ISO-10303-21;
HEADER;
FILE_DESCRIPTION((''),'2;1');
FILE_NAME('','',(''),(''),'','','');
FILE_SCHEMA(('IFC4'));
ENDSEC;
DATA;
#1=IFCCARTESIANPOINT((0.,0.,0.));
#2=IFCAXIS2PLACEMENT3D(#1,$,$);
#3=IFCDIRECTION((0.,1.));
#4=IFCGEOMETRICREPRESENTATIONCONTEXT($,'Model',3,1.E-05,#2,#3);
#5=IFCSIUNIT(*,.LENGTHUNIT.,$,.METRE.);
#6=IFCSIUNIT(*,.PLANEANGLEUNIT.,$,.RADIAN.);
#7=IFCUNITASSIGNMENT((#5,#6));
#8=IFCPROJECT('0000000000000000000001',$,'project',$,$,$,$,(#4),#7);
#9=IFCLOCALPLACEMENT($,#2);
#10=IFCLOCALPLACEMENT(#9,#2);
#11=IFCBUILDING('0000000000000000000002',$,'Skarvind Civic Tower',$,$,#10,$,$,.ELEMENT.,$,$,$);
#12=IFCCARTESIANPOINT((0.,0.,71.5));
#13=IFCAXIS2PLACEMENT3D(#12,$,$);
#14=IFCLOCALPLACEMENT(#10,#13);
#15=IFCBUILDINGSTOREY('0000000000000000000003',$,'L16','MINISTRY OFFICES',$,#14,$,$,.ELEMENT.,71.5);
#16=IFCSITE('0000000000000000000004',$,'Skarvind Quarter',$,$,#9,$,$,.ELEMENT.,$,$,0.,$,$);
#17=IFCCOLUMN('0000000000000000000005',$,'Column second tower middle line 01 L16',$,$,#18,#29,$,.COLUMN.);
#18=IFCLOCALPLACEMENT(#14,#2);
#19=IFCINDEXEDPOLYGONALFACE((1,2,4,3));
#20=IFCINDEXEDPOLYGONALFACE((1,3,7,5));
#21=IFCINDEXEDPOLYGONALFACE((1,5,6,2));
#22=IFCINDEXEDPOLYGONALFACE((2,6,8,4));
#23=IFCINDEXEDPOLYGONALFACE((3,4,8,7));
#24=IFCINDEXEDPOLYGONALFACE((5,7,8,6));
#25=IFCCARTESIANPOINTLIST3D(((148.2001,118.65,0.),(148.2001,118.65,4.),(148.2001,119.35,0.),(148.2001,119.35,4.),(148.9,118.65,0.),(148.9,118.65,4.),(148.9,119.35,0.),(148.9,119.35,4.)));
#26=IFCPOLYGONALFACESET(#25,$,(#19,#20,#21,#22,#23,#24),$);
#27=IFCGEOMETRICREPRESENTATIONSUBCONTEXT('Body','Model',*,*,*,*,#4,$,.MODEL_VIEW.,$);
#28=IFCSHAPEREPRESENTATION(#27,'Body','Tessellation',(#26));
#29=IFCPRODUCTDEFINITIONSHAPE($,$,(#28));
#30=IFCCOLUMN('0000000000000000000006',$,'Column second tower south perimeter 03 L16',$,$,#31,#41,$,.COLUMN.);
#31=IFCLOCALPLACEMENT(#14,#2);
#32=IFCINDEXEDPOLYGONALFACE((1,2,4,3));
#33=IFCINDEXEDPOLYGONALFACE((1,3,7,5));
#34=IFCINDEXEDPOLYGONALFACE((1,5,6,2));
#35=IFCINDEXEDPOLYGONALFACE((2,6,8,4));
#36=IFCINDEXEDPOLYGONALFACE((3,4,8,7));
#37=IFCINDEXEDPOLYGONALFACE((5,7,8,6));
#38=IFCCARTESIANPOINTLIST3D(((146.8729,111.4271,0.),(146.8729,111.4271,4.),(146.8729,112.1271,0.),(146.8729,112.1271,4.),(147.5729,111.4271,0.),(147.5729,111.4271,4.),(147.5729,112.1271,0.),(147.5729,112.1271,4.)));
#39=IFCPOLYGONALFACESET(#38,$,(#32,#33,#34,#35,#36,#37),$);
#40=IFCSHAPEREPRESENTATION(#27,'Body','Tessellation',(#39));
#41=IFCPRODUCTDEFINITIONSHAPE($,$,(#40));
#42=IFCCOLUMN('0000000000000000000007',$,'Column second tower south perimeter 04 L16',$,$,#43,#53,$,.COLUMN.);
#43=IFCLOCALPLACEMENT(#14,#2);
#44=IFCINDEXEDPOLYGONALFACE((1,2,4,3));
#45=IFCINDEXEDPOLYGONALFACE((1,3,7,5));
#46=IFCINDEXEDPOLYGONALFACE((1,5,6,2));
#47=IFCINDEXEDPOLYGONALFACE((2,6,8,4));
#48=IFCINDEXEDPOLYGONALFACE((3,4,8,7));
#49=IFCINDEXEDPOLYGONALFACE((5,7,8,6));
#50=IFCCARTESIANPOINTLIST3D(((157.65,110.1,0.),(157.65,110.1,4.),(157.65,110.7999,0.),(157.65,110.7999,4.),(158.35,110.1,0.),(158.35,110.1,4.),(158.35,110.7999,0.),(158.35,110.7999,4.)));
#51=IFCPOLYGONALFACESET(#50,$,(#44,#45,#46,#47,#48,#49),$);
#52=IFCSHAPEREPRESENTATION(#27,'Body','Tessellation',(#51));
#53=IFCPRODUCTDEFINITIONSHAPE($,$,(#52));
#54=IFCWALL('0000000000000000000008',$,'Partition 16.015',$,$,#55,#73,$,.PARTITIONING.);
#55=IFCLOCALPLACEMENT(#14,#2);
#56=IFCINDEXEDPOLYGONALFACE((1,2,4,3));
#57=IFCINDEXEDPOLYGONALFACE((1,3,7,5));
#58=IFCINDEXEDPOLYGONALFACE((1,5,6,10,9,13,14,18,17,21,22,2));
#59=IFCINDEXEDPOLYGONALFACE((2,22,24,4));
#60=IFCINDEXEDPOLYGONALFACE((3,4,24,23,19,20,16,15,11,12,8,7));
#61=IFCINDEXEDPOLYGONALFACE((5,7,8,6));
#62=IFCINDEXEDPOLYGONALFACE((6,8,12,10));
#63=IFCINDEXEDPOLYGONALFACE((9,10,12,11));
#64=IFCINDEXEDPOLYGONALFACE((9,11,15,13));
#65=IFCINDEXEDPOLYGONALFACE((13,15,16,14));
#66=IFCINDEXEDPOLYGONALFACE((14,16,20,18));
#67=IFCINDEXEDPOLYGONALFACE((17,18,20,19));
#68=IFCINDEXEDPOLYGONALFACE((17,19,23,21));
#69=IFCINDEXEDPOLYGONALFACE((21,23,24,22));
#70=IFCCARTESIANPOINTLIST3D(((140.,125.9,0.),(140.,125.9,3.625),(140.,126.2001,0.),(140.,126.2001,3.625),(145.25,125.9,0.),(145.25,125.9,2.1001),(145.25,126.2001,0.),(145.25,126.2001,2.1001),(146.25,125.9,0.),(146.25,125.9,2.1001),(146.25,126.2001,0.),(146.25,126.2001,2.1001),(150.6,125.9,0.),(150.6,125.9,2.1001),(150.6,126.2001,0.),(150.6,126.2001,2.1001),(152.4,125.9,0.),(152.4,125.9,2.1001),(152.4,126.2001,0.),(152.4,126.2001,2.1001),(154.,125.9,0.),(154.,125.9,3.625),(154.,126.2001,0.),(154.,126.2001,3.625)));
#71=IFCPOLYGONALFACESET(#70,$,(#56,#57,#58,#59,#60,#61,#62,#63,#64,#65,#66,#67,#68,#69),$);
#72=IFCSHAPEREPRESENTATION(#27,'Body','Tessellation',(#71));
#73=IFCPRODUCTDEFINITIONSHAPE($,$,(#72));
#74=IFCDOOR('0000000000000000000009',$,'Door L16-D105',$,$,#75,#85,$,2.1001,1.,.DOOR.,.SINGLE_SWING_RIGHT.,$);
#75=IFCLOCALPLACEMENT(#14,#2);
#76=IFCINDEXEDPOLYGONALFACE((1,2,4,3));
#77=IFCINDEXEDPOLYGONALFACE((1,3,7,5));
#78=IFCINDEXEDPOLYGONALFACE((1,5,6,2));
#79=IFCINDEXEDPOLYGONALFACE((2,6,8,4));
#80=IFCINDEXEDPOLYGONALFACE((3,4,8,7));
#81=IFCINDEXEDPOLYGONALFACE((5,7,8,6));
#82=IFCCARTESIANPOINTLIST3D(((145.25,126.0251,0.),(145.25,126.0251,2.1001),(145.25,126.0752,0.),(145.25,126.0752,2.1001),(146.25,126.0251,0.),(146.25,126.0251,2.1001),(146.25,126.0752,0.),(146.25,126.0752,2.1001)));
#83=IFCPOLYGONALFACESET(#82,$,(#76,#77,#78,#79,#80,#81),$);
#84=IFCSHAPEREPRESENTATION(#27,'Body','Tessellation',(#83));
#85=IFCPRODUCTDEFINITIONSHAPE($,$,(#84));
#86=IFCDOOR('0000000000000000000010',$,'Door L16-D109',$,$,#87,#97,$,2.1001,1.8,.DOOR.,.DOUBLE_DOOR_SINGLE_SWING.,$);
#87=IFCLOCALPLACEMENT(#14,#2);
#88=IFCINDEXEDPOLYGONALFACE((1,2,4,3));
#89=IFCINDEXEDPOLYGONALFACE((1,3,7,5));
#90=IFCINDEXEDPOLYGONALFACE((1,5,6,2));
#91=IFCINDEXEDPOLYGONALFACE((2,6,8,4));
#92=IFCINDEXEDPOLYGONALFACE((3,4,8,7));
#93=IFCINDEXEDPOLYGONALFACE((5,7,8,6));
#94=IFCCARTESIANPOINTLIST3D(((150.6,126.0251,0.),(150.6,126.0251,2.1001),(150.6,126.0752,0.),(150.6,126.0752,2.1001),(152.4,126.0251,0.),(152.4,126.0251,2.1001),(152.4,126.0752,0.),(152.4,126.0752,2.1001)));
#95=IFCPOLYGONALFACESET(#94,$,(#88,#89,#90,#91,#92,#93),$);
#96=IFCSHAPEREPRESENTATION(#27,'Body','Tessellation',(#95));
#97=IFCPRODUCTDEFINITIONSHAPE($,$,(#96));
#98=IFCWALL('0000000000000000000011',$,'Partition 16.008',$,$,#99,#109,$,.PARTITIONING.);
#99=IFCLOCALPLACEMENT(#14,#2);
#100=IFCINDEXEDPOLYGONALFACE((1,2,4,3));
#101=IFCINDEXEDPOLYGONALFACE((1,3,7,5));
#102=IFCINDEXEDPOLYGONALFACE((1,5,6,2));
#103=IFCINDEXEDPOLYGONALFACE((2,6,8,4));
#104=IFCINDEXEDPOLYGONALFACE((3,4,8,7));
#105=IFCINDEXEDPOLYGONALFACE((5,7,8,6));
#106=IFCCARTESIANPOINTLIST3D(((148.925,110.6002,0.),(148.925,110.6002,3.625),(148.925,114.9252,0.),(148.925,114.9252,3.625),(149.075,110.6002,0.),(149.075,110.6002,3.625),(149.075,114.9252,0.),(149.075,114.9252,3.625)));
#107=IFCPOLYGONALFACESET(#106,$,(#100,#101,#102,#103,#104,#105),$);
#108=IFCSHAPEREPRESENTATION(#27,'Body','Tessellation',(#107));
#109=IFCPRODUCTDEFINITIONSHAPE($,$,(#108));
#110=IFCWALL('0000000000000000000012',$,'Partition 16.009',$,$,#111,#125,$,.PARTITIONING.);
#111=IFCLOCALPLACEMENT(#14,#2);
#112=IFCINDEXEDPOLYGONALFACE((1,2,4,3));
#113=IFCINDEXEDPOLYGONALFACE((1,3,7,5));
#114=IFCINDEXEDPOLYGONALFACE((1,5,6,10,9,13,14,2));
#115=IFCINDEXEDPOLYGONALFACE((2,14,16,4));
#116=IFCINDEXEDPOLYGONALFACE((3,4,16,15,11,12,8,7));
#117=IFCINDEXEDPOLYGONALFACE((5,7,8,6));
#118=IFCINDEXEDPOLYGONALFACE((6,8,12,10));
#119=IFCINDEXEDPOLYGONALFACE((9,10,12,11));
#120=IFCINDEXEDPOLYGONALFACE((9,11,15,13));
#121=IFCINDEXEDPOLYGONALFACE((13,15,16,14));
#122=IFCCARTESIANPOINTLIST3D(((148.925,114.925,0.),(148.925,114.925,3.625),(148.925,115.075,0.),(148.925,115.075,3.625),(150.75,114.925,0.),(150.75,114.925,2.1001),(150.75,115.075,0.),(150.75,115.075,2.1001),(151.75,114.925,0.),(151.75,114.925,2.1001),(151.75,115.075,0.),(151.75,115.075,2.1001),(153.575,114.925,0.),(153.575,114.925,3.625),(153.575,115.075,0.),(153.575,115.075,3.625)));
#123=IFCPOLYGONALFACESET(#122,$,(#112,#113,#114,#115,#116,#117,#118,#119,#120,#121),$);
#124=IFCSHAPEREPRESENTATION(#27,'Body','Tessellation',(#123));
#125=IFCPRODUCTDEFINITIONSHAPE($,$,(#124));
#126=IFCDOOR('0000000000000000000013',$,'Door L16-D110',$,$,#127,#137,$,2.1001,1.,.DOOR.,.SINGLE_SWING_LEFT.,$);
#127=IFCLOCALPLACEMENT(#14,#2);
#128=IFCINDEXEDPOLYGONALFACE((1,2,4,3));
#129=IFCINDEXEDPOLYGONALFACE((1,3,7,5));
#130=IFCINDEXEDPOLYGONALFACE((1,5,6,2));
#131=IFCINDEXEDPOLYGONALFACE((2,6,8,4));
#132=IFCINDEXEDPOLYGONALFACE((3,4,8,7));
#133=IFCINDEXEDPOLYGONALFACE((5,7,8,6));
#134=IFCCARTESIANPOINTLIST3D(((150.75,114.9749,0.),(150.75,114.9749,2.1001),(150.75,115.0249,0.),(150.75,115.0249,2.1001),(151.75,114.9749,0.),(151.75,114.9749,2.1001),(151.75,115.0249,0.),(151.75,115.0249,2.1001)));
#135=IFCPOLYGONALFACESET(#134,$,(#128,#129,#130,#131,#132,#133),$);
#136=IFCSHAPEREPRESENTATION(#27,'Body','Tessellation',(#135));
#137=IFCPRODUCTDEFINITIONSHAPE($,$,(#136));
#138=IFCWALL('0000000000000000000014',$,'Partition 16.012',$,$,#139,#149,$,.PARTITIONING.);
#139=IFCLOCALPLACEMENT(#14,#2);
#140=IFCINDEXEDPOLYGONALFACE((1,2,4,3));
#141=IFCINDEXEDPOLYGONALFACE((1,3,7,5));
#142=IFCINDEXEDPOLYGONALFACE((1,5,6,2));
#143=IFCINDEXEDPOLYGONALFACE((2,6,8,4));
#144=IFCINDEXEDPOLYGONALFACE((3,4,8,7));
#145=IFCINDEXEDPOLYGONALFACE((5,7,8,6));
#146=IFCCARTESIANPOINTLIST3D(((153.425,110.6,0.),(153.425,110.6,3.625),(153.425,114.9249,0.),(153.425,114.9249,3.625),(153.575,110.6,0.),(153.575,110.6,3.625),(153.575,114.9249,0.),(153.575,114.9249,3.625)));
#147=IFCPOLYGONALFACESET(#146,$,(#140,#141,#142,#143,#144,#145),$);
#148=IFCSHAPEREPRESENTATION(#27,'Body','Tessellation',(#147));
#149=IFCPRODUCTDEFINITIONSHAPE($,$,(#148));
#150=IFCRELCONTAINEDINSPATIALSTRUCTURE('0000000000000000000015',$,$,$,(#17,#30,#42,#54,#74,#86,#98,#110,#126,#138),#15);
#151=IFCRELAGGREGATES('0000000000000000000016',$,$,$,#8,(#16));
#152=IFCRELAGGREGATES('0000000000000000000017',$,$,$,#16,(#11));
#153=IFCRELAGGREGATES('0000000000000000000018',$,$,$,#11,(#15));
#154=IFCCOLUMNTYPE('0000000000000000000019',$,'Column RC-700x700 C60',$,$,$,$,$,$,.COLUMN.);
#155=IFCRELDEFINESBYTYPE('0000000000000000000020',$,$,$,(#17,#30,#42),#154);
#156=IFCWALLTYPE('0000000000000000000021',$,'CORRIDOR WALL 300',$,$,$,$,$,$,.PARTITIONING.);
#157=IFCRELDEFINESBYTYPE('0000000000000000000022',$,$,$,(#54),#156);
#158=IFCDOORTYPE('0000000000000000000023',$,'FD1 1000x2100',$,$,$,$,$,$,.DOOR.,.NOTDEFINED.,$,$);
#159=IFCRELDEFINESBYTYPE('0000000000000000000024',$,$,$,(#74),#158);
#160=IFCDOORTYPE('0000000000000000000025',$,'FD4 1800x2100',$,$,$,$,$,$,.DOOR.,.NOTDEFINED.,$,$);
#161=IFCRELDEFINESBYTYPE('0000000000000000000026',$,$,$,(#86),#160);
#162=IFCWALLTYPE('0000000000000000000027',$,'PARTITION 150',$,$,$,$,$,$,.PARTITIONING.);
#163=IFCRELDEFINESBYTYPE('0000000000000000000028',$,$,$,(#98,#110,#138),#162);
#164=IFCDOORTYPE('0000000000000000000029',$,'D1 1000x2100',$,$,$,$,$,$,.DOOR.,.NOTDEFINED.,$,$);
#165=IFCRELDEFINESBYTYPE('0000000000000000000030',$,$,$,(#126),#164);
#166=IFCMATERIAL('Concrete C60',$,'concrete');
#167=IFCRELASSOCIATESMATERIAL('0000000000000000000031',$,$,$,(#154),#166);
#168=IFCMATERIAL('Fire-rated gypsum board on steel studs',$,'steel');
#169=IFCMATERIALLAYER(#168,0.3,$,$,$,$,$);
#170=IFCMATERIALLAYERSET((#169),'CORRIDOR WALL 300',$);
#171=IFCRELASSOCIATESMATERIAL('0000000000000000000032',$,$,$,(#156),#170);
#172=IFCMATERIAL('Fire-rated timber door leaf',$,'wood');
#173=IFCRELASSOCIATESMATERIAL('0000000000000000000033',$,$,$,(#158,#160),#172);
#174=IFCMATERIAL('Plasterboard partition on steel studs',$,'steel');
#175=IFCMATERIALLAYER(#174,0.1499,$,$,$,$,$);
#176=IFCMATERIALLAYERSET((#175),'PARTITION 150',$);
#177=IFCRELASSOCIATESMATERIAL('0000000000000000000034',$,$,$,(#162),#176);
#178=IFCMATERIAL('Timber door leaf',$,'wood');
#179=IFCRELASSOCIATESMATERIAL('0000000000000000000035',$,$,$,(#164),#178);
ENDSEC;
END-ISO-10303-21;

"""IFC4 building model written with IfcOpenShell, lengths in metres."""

from ifc_helpers import new_model, si_unit, direction, frame, frame_2d, origin, origin_2d, place, context, subcontext, project, spatial, rectangle, extrude, material, layer, layer_set, material_profile, profile_set, type_object, element, fill, save


model = new_model("IFC4")

# Units and contexts
model_context = context("Model", 3, precision=1e-05, world=origin(), true_north=direction((0.0, 1.0)))
body_context = subcontext(model_context, "Body", "Model", "MODEL_VIEW")
ifc_project = project(units=[si_unit("LENGTHUNIT", "METRE"), si_unit("PLANEANGLEUNIT", "RADIAN")], contexts=[model_context])

# Site, building, storey
site_placement = place(None, origin())
site = spatial("IfcSite", under=ifc_project, at=site_placement, Name="Skarvind Quarter", CompositionType="ELEMENT", RefElevation=0.0)
building_placement = place(site_placement, origin())
building = spatial("IfcBuilding", under=site, at=building_placement, Name="Skarvind Civic Tower", CompositionType="ELEMENT")
storey_placement = place(building_placement, frame((0.0, 0.0, 71.5)))
storey = spatial("IfcBuildingStorey", under=building, at=storey_placement, Name="L16", Description="MINISTRY OFFICES", CompositionType="ELEMENT", Elevation=71.5)

# Columns
ifc_material_1 = material(Name="Concrete C60", Category="concrete")
ifc_material_profile = material_profile(ifc_material_1, rectangle(XDim=0.7, YDim=0.7, at=origin_2d()), Name="RC-700x700")
ifc_profile_set = profile_set([ifc_material_profile], Name="Concrete C60")
column_type = type_object("IfcColumnType", Name="Column RC-700x700 C60", PredefinedType="COLUMN", material=ifc_profile_set)
for number, where, z_axis, x_axis, name in (
    (1, (148.55, 119.0, 0.0), (0.0, 0.0, 1.0), (1.0, 0.0, 0.0), "Column second tower middle line 01 L16"),
    (2, (147.2229, 111.7771, 0.0), (0.0, 0.0, 1.0), (1.0, 0.0, 0.0), "Column second tower south perimeter 03 L16"),
    (3, (158.0, 110.45, 0.0), (0.0, 0.0, 1.0), (1.0, 0.0, 0.0), "Column second tower south perimeter 04 L16"),
):
    element("IfcColumn", number, at=place(storey_placement, frame(where, z_axis=z_axis, x_axis=x_axis)), inside=storey, type_object=column_type, Name=name, PredefinedType="COLUMN", context=body_context, shape_type="SweptSolid", body=[
        extrude(rectangle(XDim=0.7, YDim=0.7, at=origin_2d()), origin(), (0.0, 0.0, 1.0), 4.0),
    ])

# Wall, openings, doors
ifc_material_2 = material(Name="Fire-rated gypsum board on steel studs", Category="steel")
ifc_layer_1 = layer(ifc_material_2, 0.3)
ifc_layer_set_1 = layer_set([ifc_layer_1], Name="CORRIDOR WALL 300")
wall_type_1 = type_object("IfcWallType", Name="CORRIDOR WALL 300", PredefinedType="PARTITIONING", material=ifc_layer_set_1)
wall_1_placement = place(storey_placement, frame((154.0, 126.05, 0.0), z_axis=(0.0, 0.0, 1.0), x_axis=(-1.0, 0.0, 0.0)))
wall_1 = element("IfcWall", 4, at=wall_1_placement, inside=storey, type_object=wall_type_1, Name="Partition 16.015", PredefinedType="PARTITIONING", context=body_context, shape_type="SweptSolid", body=[
    extrude(rectangle(XDim=14.0, YDim=0.3, at=frame_2d((7.0, 0.0))), origin(), (0.0, 0.0, 1.0), 3.625),
])
opening_1_placement = place(wall_1_placement, frame((7.75, 0.0, 0.0)))
opening_1 = element("IfcOpeningElement", 5, at=opening_1_placement, cuts=wall_1, PredefinedType="OPENING", context=body_context, shape_type="SweptSolid", body=[
    extrude(rectangle(XDim=1.0, YDim=2.1001, at=frame_2d((0.5, 1.05))), frame((0.0, 0.1599, 0.0), z_axis=(0.0, -1.0, 0.0), x_axis=(1.0, 0.0, 0.0)), (0.0, 0.0, 1.0), 0.3201),
])
opening_2_placement = place(wall_1_placement, frame((1.6001, 0.0, 0.0)))
opening_2 = element("IfcOpeningElement", 6, at=opening_2_placement, cuts=wall_1, PredefinedType="OPENING", context=body_context, shape_type="SweptSolid", body=[
    extrude(rectangle(XDim=1.8, YDim=2.1001, at=frame_2d((0.8999, 1.05))), frame((0.0, 0.1599, 0.0), z_axis=(0.0, -1.0, 0.0), x_axis=(1.0, 0.0, 0.0)), (0.0, 0.0, 1.0), 0.3201),
])
ifc_material_3 = material(Name="Fire-rated timber door leaf", Category="wood")
door_type_1 = type_object("IfcDoorType", Name="FD1 1000x2100", OperationType="NOTDEFINED", PredefinedType="DOOR", material=ifc_material_3)
door_1_placement = place(opening_1_placement, origin())
door_1 = element("IfcDoor", 7, at=door_1_placement, inside=storey, type_object=door_type_1, Name="Door L16-D105", OperationType="SINGLE_SWING_RIGHT", OverallHeight=2.1001, OverallWidth=1.0, PredefinedType="DOOR", context=body_context, shape_type="SweptSolid", body=[
    extrude(rectangle(XDim=1.0, YDim=2.1001, at=frame_2d((0.5, 1.05))), frame((0.0, 0.0249, 0.0), z_axis=(0.0, -1.0, 0.0), x_axis=(1.0, 0.0, 0.0)), (0.0, 0.0, 1.0), 0.05),
])
fill(opening_1, door_1)
door_type_2 = type_object("IfcDoorType", Name="FD4 1800x2100", OperationType="NOTDEFINED", PredefinedType="DOOR", material=ifc_material_3)
door_2_placement = place(opening_2_placement, origin())
door_2 = element("IfcDoor", 8, at=door_2_placement, inside=storey, type_object=door_type_2, Name="Door L16-D109", OperationType="DOUBLE_DOOR_SINGLE_SWING", OverallHeight=2.1001, OverallWidth=1.8, PredefinedType="DOOR", context=body_context, shape_type="SweptSolid", body=[
    extrude(rectangle(XDim=1.8, YDim=2.1001, at=frame_2d((0.8999, 1.05))), frame((0.0, 0.0249, 0.0), z_axis=(0.0, -1.0, 0.0), x_axis=(1.0, 0.0, 0.0)), (0.0, 0.0, 1.0), 0.05),
])
fill(opening_2, door_2)

# Wall
ifc_material_4 = material(Name="Plasterboard partition on steel studs", Category="steel")
ifc_layer_2 = layer(ifc_material_4, 0.1499)
ifc_layer_set_2 = layer_set([ifc_layer_2], Name="PARTITION 150")
wall_type_2 = type_object("IfcWallType", Name="PARTITION 150", PredefinedType="PARTITIONING", material=ifc_layer_set_2)
wall_2_placement = place(storey_placement, frame((149.0, 110.6001, 0.0), z_axis=(0.0, 0.0, 1.0), x_axis=(0.0, 1.0, 0.0)))
element("IfcWall", 9, at=wall_2_placement, inside=storey, type_object=wall_type_2, Name="Partition 16.008", PredefinedType="PARTITIONING", context=body_context, shape_type="SweptSolid", body=[
    extrude(rectangle(XDim=4.325, YDim=0.1499, at=frame_2d((2.1626, 0.0))), origin(), (0.0, 0.0, 1.0), 3.625),
])

# Wall, opening, door
wall_3_placement = place(storey_placement, frame((148.925, 115.0, 0.0), z_axis=(0.0, 0.0, 1.0), x_axis=(1.0, 0.0, 0.0)))
wall_3 = element("IfcWall", 10, at=wall_3_placement, inside=storey, type_object=wall_type_2, Name="Partition 16.009", PredefinedType="PARTITIONING", context=body_context, shape_type="SweptSolid", body=[
    extrude(rectangle(XDim=4.6499, YDim=0.1499, at=frame_2d((2.325, 0.0))), origin(), (0.0, 0.0, 1.0), 3.625),
])
opening_3_placement = place(wall_3_placement, frame((1.825, 0.0, 0.0)))
opening_3 = element("IfcOpeningElement", 11, at=opening_3_placement, cuts=wall_3, PredefinedType="OPENING", context=body_context, shape_type="SweptSolid", body=[
    extrude(rectangle(XDim=1.0, YDim=2.1001, at=frame_2d((0.5, 1.05))), frame((0.0, 0.085, 0.0), z_axis=(0.0, -1.0, 0.0), x_axis=(1.0, 0.0, 0.0)), (0.0, 0.0, 1.0), 0.1699),
])
ifc_material_5 = material(Name="Timber door leaf", Category="wood")
door_type_3 = type_object("IfcDoorType", Name="D1 1000x2100", OperationType="NOTDEFINED", PredefinedType="DOOR", material=ifc_material_5)
door_3_placement = place(opening_3_placement, origin())
door_3 = element("IfcDoor", 12, at=door_3_placement, inside=storey, type_object=door_type_3, Name="Door L16-D110", OperationType="SINGLE_SWING_LEFT", OverallHeight=2.1001, OverallWidth=1.0, PredefinedType="DOOR", context=body_context, shape_type="SweptSolid", body=[
    extrude(rectangle(XDim=1.0, YDim=2.1001, at=frame_2d((0.5, 1.05))), frame((0.0, 0.0249, 0.0), z_axis=(0.0, -1.0, 0.0), x_axis=(1.0, 0.0, 0.0)), (0.0, 0.0, 1.0), 0.05),
])
fill(opening_3, door_3)

# Wall
wall_4_placement = place(storey_placement, frame((153.5, 114.925, 0.0), z_axis=(0.0, 0.0, 1.0), x_axis=(0.0, -1.0, 0.0)))
element("IfcWall", 13, at=wall_4_placement, inside=storey, type_object=wall_type_2, Name="Partition 16.012", PredefinedType="PARTITIONING", context=body_context, shape_type="SweptSolid", body=[
    extrude(rectangle(XDim=4.325, YDim=0.1499, at=frame_2d((2.1626, 0.0))), origin(), (0.0, 0.0, 1.0), 3.625),
])

save(model, "model.ifc")
